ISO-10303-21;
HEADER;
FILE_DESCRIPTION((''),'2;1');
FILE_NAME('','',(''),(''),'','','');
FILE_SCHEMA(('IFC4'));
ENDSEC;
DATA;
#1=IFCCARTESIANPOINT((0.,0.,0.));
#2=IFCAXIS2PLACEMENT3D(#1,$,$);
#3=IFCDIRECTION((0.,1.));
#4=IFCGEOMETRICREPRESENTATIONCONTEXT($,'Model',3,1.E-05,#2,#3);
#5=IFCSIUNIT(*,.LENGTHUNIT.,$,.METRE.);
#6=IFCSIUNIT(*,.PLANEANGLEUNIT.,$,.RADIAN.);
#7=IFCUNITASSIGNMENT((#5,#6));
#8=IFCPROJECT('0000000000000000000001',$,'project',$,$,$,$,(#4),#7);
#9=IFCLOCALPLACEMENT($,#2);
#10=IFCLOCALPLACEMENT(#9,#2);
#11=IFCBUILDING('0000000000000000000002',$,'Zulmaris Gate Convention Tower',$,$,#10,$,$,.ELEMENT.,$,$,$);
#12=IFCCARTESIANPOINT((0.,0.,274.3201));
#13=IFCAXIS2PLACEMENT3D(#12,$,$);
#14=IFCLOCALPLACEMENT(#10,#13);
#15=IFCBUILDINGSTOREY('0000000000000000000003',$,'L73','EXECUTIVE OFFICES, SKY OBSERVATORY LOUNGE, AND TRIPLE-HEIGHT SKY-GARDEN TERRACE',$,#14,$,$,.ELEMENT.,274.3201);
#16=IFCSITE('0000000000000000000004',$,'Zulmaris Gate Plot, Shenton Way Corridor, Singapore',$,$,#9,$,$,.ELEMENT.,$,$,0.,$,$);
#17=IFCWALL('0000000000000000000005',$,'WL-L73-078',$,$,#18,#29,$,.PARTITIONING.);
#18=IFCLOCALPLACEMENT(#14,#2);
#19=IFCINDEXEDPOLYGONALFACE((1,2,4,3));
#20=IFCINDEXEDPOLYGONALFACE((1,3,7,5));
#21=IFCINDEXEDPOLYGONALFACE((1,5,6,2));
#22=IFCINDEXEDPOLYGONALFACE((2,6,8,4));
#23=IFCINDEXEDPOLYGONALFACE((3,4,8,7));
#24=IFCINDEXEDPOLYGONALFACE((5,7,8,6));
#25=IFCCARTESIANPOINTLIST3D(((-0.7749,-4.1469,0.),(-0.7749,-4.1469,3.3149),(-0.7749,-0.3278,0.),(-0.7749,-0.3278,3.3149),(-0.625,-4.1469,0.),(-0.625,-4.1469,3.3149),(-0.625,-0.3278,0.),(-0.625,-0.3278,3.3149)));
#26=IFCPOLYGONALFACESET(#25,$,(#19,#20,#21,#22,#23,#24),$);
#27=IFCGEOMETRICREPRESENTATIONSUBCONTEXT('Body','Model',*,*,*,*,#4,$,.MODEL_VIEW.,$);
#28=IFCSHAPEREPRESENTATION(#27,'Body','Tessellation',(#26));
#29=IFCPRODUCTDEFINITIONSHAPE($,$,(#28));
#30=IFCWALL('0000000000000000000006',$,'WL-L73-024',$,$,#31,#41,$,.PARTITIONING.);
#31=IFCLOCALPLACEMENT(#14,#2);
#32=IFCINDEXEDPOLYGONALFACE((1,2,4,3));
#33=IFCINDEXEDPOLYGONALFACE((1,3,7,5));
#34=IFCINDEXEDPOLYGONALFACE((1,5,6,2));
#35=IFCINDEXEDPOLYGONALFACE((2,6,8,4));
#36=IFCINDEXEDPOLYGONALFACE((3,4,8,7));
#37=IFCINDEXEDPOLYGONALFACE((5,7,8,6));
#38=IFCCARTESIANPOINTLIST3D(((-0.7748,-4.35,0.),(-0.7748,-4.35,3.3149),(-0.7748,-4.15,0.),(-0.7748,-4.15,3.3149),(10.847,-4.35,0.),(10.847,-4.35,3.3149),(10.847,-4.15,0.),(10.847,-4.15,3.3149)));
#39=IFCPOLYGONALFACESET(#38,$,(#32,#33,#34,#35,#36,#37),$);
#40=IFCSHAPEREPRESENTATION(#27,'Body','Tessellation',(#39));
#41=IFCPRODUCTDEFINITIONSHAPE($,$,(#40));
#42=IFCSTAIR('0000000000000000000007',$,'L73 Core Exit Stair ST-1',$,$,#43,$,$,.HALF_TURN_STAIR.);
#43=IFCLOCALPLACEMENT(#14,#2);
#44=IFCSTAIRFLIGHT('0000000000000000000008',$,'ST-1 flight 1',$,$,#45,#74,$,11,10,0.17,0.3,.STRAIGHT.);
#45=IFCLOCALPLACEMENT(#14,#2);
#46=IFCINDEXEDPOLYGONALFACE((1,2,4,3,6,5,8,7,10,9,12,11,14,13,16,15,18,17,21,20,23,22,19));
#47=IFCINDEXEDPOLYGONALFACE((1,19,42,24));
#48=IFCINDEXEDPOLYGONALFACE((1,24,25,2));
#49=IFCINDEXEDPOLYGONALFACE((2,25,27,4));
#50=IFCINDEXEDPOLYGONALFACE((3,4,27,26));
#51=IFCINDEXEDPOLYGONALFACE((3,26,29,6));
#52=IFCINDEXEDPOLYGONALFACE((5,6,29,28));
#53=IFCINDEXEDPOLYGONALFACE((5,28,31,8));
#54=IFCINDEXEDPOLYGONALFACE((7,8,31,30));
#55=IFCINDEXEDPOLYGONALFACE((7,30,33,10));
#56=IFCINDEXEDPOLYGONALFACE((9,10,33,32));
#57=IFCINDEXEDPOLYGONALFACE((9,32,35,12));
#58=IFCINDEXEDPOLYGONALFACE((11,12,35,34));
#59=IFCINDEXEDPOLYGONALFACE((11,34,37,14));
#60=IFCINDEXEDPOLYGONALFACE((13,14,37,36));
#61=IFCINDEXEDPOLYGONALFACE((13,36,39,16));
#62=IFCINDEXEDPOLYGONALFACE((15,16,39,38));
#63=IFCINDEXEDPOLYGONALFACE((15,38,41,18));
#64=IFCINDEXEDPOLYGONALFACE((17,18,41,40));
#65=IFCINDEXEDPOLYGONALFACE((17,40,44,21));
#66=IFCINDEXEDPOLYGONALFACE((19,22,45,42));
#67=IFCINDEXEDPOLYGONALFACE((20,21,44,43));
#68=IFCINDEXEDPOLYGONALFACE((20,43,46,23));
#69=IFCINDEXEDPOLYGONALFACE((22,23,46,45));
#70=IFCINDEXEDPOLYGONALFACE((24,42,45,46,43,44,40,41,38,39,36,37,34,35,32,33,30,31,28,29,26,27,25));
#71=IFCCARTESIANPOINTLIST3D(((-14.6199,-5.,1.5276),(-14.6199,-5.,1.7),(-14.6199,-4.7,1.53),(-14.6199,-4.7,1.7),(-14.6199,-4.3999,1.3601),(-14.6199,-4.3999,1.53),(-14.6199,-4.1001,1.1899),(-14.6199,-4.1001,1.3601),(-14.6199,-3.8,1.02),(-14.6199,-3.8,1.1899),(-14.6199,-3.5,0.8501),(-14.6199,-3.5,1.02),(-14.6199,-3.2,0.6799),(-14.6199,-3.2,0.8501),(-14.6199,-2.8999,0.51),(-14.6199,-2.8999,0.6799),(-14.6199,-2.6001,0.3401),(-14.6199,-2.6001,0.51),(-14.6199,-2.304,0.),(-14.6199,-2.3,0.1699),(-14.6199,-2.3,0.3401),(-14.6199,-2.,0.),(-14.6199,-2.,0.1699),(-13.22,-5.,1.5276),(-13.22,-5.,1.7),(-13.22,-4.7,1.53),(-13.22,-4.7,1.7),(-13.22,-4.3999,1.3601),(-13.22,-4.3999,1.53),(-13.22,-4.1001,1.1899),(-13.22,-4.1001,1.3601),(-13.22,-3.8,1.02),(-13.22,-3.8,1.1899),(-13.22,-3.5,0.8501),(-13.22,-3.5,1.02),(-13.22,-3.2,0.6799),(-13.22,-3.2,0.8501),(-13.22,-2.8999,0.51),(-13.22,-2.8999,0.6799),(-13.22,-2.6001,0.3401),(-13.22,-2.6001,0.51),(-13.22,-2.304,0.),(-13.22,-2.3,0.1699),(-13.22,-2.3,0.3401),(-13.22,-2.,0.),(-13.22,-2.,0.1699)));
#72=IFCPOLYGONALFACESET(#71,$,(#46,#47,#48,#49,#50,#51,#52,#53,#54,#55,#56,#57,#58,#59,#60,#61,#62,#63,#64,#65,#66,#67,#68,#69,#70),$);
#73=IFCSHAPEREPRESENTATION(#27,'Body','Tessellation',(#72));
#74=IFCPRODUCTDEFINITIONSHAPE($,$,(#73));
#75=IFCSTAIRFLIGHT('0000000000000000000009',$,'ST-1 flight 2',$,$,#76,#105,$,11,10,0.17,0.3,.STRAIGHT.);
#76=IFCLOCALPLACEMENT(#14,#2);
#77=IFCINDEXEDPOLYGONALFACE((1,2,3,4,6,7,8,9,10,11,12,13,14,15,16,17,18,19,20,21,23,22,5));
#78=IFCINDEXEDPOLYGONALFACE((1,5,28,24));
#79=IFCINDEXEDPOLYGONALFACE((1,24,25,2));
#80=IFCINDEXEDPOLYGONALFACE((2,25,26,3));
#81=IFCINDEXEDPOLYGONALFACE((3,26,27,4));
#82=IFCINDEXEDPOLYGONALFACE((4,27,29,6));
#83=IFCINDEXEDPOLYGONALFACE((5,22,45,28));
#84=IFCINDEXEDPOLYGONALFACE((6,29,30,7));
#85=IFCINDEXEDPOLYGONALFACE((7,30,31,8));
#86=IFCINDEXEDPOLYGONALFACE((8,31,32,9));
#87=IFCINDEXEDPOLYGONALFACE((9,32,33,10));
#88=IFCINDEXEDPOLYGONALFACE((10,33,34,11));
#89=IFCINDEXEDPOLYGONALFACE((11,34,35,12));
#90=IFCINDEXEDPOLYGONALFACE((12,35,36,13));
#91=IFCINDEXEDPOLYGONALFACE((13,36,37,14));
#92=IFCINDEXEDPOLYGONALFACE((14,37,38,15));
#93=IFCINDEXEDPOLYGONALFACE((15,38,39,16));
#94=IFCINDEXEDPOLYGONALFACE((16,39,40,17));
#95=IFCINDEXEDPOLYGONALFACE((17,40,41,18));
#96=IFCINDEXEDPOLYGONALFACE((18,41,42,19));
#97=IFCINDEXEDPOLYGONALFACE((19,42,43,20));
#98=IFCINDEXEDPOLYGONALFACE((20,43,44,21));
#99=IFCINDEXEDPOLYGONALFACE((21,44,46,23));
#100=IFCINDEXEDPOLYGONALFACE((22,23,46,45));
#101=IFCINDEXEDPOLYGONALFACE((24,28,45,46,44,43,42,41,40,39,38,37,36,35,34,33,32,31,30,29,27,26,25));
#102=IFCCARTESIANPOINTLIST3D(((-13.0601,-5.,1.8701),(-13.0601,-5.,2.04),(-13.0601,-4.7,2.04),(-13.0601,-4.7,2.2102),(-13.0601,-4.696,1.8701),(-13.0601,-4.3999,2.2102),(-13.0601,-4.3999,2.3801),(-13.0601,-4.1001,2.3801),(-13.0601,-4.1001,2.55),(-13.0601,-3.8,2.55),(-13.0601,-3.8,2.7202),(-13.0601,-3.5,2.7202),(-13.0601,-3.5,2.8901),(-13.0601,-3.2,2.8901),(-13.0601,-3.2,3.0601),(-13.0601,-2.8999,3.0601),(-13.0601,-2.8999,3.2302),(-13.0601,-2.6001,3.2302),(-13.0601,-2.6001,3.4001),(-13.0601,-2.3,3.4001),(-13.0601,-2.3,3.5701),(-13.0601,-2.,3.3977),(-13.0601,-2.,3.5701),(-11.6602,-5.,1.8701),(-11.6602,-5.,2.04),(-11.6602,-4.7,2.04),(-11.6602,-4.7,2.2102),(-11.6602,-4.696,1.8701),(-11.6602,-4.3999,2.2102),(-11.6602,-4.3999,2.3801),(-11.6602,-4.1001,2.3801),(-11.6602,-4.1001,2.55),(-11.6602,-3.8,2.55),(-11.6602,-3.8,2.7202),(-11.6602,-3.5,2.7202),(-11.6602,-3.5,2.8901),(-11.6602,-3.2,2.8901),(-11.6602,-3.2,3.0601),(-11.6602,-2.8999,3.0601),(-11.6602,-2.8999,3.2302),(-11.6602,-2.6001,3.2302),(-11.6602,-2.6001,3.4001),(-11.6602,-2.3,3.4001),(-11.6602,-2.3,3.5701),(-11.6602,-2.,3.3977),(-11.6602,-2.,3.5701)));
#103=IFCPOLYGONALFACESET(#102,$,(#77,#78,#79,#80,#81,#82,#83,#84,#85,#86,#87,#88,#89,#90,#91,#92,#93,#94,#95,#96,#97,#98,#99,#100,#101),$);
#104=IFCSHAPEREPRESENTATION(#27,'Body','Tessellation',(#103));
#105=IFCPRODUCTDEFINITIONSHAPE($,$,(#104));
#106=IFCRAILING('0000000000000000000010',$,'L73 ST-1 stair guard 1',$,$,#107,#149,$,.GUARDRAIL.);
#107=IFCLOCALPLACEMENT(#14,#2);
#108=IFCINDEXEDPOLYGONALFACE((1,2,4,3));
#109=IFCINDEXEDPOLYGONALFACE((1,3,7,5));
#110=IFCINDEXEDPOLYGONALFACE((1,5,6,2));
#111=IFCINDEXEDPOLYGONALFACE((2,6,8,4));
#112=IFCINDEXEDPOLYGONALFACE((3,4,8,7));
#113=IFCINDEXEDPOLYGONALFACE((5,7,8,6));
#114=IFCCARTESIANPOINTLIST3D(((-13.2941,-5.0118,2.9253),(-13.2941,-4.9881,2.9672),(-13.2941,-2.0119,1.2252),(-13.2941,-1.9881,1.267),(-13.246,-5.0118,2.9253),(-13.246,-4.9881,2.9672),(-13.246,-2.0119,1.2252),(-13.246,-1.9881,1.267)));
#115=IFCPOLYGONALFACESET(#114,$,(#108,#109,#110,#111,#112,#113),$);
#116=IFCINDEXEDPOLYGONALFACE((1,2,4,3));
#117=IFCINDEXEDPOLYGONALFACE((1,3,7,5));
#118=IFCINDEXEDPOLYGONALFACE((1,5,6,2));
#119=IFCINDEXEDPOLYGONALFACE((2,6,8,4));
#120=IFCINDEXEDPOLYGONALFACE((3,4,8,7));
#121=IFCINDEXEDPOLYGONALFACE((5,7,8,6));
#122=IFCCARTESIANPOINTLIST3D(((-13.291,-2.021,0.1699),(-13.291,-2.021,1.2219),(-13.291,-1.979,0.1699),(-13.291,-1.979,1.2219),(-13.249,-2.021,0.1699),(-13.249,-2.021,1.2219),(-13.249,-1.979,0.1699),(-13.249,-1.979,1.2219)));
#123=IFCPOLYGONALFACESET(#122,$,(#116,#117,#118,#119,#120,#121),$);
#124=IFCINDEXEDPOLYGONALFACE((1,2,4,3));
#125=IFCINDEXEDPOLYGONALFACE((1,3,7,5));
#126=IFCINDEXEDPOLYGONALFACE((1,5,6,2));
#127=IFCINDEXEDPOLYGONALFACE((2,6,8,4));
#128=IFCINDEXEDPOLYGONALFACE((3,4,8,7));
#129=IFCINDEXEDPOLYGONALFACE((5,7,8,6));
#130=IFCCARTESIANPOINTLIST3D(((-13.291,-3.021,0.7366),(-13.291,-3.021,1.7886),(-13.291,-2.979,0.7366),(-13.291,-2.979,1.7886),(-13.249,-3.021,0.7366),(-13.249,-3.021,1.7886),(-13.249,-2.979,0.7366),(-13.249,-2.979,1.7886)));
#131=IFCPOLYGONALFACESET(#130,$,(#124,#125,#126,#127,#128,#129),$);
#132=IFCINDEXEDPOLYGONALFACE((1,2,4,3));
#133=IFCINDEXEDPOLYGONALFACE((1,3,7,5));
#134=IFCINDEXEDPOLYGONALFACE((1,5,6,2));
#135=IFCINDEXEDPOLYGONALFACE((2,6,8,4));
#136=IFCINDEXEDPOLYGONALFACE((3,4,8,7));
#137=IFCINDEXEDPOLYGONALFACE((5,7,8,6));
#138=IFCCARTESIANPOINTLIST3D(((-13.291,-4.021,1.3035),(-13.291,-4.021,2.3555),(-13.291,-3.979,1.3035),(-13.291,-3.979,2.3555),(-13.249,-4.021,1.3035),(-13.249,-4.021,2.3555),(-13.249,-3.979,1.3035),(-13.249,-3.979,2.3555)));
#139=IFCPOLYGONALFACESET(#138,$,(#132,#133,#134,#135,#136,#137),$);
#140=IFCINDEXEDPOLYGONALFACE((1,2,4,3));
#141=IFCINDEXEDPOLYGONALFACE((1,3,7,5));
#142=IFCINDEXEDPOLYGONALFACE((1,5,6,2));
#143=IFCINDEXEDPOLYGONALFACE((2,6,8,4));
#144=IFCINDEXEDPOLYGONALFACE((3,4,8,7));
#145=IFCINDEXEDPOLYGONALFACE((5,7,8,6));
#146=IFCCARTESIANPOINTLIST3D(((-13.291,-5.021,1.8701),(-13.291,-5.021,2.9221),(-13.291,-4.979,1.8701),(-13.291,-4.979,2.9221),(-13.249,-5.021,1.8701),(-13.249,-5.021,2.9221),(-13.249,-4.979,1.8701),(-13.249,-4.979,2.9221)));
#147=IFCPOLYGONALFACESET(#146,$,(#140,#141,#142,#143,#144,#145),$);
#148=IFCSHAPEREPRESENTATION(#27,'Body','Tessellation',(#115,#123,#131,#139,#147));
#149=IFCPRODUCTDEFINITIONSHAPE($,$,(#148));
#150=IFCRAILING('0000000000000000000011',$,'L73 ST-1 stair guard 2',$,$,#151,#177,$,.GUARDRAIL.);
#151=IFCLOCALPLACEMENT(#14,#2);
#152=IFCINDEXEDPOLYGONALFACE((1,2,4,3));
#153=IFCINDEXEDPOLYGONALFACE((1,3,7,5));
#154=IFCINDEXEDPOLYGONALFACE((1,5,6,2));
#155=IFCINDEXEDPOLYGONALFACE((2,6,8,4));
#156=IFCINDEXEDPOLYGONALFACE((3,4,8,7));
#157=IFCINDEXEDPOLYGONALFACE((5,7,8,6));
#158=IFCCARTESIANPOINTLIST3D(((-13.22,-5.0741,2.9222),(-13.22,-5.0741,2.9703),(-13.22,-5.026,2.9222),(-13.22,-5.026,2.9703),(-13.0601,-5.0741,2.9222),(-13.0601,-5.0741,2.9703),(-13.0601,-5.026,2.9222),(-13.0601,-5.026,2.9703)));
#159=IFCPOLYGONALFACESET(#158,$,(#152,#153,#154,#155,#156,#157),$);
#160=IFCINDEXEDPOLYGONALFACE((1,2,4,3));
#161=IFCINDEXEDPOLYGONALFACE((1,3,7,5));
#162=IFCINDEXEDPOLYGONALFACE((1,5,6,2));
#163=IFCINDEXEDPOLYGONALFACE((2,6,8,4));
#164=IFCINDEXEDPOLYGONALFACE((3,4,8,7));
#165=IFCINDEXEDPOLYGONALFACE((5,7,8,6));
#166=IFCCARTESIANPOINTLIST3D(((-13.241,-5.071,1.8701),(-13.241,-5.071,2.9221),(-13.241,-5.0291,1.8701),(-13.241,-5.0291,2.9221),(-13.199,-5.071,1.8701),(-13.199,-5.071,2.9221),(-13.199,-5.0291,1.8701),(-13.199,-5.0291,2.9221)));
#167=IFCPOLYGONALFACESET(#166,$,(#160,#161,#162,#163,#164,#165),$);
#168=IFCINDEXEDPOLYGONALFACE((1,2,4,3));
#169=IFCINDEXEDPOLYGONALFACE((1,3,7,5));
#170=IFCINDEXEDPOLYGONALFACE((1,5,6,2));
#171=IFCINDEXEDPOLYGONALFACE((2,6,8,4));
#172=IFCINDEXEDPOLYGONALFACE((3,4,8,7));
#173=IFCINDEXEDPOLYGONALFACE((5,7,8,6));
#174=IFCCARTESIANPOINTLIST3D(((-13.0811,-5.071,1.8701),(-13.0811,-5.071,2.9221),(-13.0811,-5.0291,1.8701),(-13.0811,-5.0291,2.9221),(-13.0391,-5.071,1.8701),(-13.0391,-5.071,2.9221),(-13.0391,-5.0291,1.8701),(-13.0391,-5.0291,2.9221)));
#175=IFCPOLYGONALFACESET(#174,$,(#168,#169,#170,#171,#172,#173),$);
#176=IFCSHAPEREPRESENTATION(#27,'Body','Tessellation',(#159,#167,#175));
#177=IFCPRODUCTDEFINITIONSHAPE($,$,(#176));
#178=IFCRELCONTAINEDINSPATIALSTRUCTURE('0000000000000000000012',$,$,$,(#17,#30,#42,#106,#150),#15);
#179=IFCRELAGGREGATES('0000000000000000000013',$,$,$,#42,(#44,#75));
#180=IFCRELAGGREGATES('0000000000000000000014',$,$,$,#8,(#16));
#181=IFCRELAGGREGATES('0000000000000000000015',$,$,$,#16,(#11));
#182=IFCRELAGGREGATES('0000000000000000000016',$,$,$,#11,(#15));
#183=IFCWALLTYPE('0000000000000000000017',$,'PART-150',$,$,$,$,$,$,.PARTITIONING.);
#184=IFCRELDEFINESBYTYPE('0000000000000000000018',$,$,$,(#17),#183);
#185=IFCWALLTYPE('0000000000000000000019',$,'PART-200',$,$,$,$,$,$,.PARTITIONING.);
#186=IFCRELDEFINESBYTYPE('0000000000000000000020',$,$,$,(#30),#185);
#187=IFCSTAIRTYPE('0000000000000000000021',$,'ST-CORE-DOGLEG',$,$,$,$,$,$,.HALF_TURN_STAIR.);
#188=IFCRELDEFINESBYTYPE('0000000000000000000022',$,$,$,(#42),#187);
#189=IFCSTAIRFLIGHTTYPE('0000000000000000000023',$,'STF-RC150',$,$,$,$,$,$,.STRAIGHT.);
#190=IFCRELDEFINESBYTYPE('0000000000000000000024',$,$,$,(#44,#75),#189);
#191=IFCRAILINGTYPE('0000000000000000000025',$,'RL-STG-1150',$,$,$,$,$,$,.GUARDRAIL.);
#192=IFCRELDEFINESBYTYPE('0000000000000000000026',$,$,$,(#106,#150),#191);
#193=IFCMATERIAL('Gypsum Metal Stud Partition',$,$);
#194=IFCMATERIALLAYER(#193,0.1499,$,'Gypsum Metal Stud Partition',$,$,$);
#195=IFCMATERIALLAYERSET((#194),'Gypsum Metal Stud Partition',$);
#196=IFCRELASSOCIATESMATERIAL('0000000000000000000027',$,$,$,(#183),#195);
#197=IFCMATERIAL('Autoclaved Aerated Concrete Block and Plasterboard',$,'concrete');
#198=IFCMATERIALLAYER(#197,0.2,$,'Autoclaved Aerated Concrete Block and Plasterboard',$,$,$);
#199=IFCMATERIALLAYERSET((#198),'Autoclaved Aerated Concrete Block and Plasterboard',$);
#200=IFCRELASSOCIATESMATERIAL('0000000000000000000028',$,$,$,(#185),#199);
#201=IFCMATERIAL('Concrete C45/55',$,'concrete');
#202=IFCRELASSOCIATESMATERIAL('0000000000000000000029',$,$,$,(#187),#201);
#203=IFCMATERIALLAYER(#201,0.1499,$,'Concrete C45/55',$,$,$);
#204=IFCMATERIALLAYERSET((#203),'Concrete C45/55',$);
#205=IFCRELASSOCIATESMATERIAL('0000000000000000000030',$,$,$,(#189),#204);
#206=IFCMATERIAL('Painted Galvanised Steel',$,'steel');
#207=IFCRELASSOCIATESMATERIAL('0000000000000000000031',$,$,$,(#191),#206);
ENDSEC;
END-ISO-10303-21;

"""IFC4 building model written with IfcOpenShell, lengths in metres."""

from ifc_helpers import new_model, si_unit, direction, frame, frame_2d, origin, origin_2d, place, context, subcontext, project, spatial, polyline, rectangle, outline, extrude, material, layer, layer_set, type_object, element, aggregate, save


model = new_model("IFC4")

# Units and contexts
model_context = context("Model", 3, precision=1e-05, world=origin(), true_north=direction((0.0, 1.0)))
body_context = subcontext(model_context, "Body", "Model", "MODEL_VIEW")
ifc_project = project(units=[si_unit("LENGTHUNIT", "METRE"), si_unit("PLANEANGLEUNIT", "RADIAN")], contexts=[model_context])

# Site, building, storey
site_placement = place(None, origin())
site = spatial("IfcSite", under=ifc_project, at=site_placement, Name="Zulmaris Gate Plot, Shenton Way Corridor, Singapore", CompositionType="ELEMENT", RefElevation=0.0)
building_placement = place(site_placement, origin())
building = spatial("IfcBuilding", under=site, at=building_placement, Name="Zulmaris Gate Convention Tower", CompositionType="ELEMENT")
storey_placement = place(building_placement, frame((0.0, 0.0, 274.3201)))
storey = spatial("IfcBuildingStorey", under=building, at=storey_placement, Name="L73", Description="EXECUTIVE OFFICES, SKY OBSERVATORY LOUNGE, AND TRIPLE-HEIGHT SKY-GARDEN TERRACE", CompositionType="ELEMENT", Elevation=274.3201)

# Shared definitions
ifc_material_1 = material(Name="Gypsum Metal Stud Partition")
ifc_layer_1 = layer(ifc_material_1, 0.1499, Name="Gypsum Metal Stud Partition")
ifc_layer_set_1 = layer_set([ifc_layer_1], Name="Gypsum Metal Stud Partition")
wall_type_1 = type_object("IfcWallType", Name="PART-150", PredefinedType="PARTITIONING", material=ifc_layer_set_1)

# Walls
wall_1_placement = place(storey_placement, frame((-0.7, -4.147, 0.0), z_axis=(0.0, 0.0, 1.0), x_axis=(0.0, 1.0, 0.0)))
element("IfcWall", 1, at=wall_1_placement, inside=storey, type_object=wall_type_1, Name="WL-L73-078", PredefinedType="PARTITIONING", context=body_context, shape_type="SweptSolid", body=[
    extrude(rectangle(XDim=3.8191, YDim=0.1499, at=frame_2d((1.9097, 0.0))), origin(), (0.0, 0.0, 1.0), 3.3149),
])
ifc_material_2 = material(Name="Autoclaved Aerated Concrete Block and Plasterboard", Category="concrete")
ifc_layer_2 = layer(ifc_material_2, 0.2, Name="Autoclaved Aerated Concrete Block and Plasterboard")
ifc_layer_set_2 = layer_set([ifc_layer_2], Name="Autoclaved Aerated Concrete Block and Plasterboard")
wall_type_2 = type_object("IfcWallType", Name="PART-200", PredefinedType="PARTITIONING", material=ifc_layer_set_2)
wall_2_placement = place(storey_placement, frame((-0.7749, -4.25, 0.0), z_axis=(0.0, 0.0, 1.0), x_axis=(1.0, 0.0, 0.0)))
element("IfcWall", 2, at=wall_2_placement, inside=storey, type_object=wall_type_2, Name="WL-L73-024", PredefinedType="PARTITIONING", context=body_context, shape_type="SweptSolid", body=[
    extrude(rectangle(XDim=11.6218, YDim=0.2, at=frame_2d((5.811, 0.0))), origin(), (0.0, 0.0, 1.0), 3.3149),
])

# Stair, stair flights
ifc_material_3 = material(Name="Concrete C45/55", Category="concrete")
stair_type = type_object("IfcStairType", Name="ST-CORE-DOGLEG", PredefinedType="HALF_TURN_STAIR", material=ifc_material_3)
stair_placement = place(storey_placement, origin())
stair = element("IfcStair", 3, at=stair_placement, inside=storey, type_object=stair_type, Name="L73 Core Exit Stair ST-1", PredefinedType="HALF_TURN_STAIR")
ifc_layer_3 = layer(ifc_material_3, 0.1499, Name="Concrete C45/55")
ifc_layer_set_3 = layer_set([ifc_layer_3], Name="Concrete C45/55")
stair_flight_type = type_object("IfcStairFlightType", Name="STF-RC150", PredefinedType="STRAIGHT", material=ifc_layer_set_3)
stair_flight_1_placement = place(storey_placement, frame((-13.9199, -2.0, 0.0), z_axis=(0.0, 0.0, 1.0), x_axis=(0.0, -1.0, 0.0)))
stair_flight_1 = element("IfcStairFlight", 4, at=stair_flight_1_placement, type_object=stair_flight_type, Name="ST-1 flight 1", NumberOfRisers=11, NumberOfTreads=10, PredefinedType="STRAIGHT", RiserHeight=0.17, TreadLength=0.3, context=body_context, shape_type="SweptSolid", body=[
    extrude(outline(polyline([(0.0, 0.0), (0.0, 0.1699), (0.3, 0.1699), (0.3, 0.3401), (0.6001, 0.3401), (0.6001, 0.51), (0.8999, 0.51), (0.8999, 0.6799), (1.2, 0.6799), (1.2, 0.8501), (1.5, 0.8501), (1.5, 1.02), (1.8, 1.02), (1.8, 1.1899), (2.1001, 1.1899), (2.1001, 1.3601), (2.3999, 1.3601), (2.3999, 1.53), (2.7, 1.53), (2.7, 1.7), (3.0, 1.7), (3.0, 1.8701), (3.0, 1.5276), (0.304, 0.0), (0.0, 0.0)])), frame((0.0, 0.7, 0.0), z_axis=(0.0, -1.0, 0.0), x_axis=(1.0, 0.0, 0.0)), (0.0, 0.0, 1.0), 1.3999),
])
stair_flight_2_placement = place(storey_placement, frame((-12.3601, -5.0, 1.8701), z_axis=(0.0, 0.0, 1.0), x_axis=(0.0, 1.0, 0.0)))
stair_flight_2 = element("IfcStairFlight", 5, at=stair_flight_2_placement, type_object=stair_flight_type, Name="ST-1 flight 2", NumberOfRisers=11, NumberOfTreads=10, PredefinedType="STRAIGHT", RiserHeight=0.17, TreadLength=0.3, context=body_context, shape_type="SweptSolid", body=[
    extrude(outline(polyline([(0.0, 0.0), (0.0, 0.1699), (0.3, 0.1699), (0.3, 0.3401), (0.6001, 0.3401), (0.6001, 0.51), (0.8999, 0.51), (0.8999, 0.6799), (1.2, 0.6799), (1.2, 0.8501), (1.5, 0.8501), (1.5, 1.02), (1.8, 1.02), (1.8, 1.1899), (2.1001, 1.1899), (2.1001, 1.3601), (2.3999, 1.3601), (2.3999, 1.53), (2.7, 1.53), (2.7, 1.7), (3.0, 1.7), (3.0, 1.8701), (3.0, 1.5276), (0.304, 0.0), (0.0, 0.0)])), frame((0.0, 0.7, 0.0), z_axis=(0.0, -1.0, 0.0), x_axis=(1.0, 0.0, 0.0)), (0.0, 0.0, 1.0), 1.3999),
])
aggregate(stair, [stair_flight_1, stair_flight_2])

# Railings
ifc_material_4 = material(Name="Painted Galvanised Steel", Category="steel")
railing_type_1 = type_object("IfcRailingType", Name="RL-STG-1150", PredefinedType="GUARDRAIL", material=ifc_material_4)
railing_1_placement = place(storey_placement, frame((-13.27, -2.0, 0.1699)))
element("IfcRailing", 6, at=railing_1_placement, inside=storey, type_object=railing_type_1, Name="L73 ST-1 stair guard 1", PredefinedType="GUARDRAIL", context=body_context, shape_type="SweptSolid", body=[
    extrude(rectangle(XDim=0.0481, YDim=0.0481, at=origin_2d()), frame((0.0, 0.0, 1.0762), z_axis=(0.0, -0.869998, 0.493055), x_axis=(1.0, 0.0, 0.0)), (0.0, 0.0, 1.0), 3.4482),
    extrude(rectangle(XDim=0.042, YDim=0.042, at=origin_2d()), origin(), (0.0, 0.0, 1.0), 1.052),
    extrude(rectangle(XDim=0.042, YDim=0.042, at=origin_2d()), frame((0.0, -1.0, 0.5667)), (0.0, 0.0, 1.0), 1.052),
    extrude(rectangle(XDim=0.042, YDim=0.042, at=origin_2d()), frame((0.0, -2.0, 1.1335)), (0.0, 0.0, 1.0), 1.052),
    extrude(rectangle(XDim=0.042, YDim=0.042, at=origin_2d()), frame((0.0, -3.0, 1.7002)), (0.0, 0.0, 1.0), 1.052),
])
railing_2_placement = place(storey_placement, frame((-13.22, -5.05, 1.8701)))
element("IfcRailing", 7, at=railing_2_placement, inside=storey, type_object=railing_type_1, Name="L73 ST-1 stair guard 2", PredefinedType="GUARDRAIL", context=body_context, shape_type="SweptSolid", body=[
    extrude(rectangle(XDim=0.0481, YDim=0.0481, at=origin_2d()), frame((0.0, 0.0, 1.0762), z_axis=(1.0, 0.0, 0.0), x_axis=(0.0, 1.0, 0.0)), (0.0, 0.0, 1.0), 0.1599),
    extrude(rectangle(XDim=0.042, YDim=0.042, at=origin_2d()), origin(), (0.0, 0.0, 1.0), 1.052),
    extrude(rectangle(XDim=0.042, YDim=0.042, at=origin_2d()), frame((0.1599, 0.0, 0.0)), (0.0, 0.0, 1.0), 1.052),
])

save(model, "model.ifc")
